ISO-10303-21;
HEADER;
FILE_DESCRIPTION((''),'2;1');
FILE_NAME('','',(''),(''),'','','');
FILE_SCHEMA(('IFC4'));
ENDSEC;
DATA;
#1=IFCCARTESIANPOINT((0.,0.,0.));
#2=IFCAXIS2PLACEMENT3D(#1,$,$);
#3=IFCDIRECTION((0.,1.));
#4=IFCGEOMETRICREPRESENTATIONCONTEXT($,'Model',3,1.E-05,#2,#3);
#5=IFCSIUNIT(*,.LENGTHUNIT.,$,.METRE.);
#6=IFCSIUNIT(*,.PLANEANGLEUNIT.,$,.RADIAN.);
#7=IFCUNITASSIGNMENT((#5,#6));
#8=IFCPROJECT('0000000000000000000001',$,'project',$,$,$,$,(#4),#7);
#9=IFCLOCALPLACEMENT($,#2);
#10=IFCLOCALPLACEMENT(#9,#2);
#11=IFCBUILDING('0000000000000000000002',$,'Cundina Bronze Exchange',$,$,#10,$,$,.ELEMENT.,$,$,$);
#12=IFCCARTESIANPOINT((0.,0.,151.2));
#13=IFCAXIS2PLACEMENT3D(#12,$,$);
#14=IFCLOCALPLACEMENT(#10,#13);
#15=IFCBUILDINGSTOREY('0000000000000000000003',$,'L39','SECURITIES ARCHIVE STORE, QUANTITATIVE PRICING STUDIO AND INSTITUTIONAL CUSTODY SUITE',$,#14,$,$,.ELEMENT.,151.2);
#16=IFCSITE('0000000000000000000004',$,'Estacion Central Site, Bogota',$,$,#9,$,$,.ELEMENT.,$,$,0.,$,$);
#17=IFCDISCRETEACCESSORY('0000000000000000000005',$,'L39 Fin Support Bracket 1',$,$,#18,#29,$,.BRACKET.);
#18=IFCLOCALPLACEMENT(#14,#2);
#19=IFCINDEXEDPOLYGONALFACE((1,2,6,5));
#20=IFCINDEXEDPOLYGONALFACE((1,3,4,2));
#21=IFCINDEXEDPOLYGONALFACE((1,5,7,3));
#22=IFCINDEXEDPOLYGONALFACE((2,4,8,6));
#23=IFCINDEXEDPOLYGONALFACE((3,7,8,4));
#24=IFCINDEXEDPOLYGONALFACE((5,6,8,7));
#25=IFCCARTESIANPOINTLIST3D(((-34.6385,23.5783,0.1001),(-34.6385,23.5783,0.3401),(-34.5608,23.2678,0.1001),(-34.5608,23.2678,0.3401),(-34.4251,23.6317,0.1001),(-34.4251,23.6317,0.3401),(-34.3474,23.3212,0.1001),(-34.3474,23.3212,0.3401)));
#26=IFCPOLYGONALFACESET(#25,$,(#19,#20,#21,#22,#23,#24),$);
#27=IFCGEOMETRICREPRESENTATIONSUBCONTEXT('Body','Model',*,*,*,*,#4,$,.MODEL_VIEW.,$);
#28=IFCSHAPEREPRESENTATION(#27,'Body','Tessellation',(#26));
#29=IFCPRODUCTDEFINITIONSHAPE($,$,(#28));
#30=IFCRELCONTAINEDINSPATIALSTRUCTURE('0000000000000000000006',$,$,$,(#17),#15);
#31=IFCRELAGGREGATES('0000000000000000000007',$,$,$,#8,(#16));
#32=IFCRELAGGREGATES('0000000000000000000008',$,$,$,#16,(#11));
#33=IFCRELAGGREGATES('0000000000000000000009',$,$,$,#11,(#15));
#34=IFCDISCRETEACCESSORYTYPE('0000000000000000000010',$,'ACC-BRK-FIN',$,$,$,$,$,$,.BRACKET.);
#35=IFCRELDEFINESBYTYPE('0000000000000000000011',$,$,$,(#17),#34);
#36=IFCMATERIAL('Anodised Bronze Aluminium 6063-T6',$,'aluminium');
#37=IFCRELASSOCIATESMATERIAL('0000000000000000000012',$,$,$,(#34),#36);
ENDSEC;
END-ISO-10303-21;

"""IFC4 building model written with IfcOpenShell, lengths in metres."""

from ifc_helpers import new_model, si_unit, direction, frame, origin, origin_2d, place, context, subcontext, project, spatial, rectangle, extrude, material, type_object, element, save


model = new_model("IFC4")

# Units and contexts
model_context = context("Model", 3, precision=1e-05, world=origin(), true_north=direction((0.0, 1.0)))
body_context = subcontext(model_context, "Body", "Model", "MODEL_VIEW")
ifc_project = project(units=[si_unit("LENGTHUNIT", "METRE"), si_unit("PLANEANGLEUNIT", "RADIAN")], contexts=[model_context])

# Site, building, storey
site_placement = place(None, origin())
site = spatial("IfcSite", under=ifc_project, at=site_placement, Name="Estacion Central Site, Bogota", CompositionType="ELEMENT", RefElevation=0.0)
building_placement = place(site_placement, origin())
building = spatial("IfcBuilding", under=site, at=building_placement, Name="Cundina Bronze Exchange", CompositionType="ELEMENT")
storey_placement = place(building_placement, frame((0.0, 0.0, 151.2)))
storey = spatial("IfcBuildingStorey", under=building, at=storey_placement, Name="L39", Description="SECURITIES ARCHIVE STORE, QUANTITATIVE PRICING STUDIO AND INSTITUTIONAL CUSTODY SUITE", CompositionType="ELEMENT", Elevation=151.2)

# Shared definitions
ifc_material_1 = material(Name="Anodised Bronze Aluminium 6063-T6", Category="aluminium")

# Discrete accessory
discrete_accessory_type = type_object("IfcDiscreteAccessoryType", Name="ACC-BRK-FIN", PredefinedType="BRACKET", material=ifc_material_1)
discrete_accessory_placement = place(storey_placement, frame((-34.4929, 23.4497, 0.1001), z_axis=(0.0, 0.0, 1.0), x_axis=(-0.970093, -0.242735, 0.0)))
element("IfcDiscreteAccessory", 1, at=discrete_accessory_placement, inside=storey, type_object=discrete_accessory_type, Name="L39 Fin Support Bracket 1", PredefinedType="BRACKET", context=body_context, shape_type="SweptSolid", body=[
    extrude(rectangle(XDim=0.22, YDim=0.3201, at=origin_2d()), origin(), (0.0, 0.0, 1.0), 0.24),
])

save(model, "model.ifc")
